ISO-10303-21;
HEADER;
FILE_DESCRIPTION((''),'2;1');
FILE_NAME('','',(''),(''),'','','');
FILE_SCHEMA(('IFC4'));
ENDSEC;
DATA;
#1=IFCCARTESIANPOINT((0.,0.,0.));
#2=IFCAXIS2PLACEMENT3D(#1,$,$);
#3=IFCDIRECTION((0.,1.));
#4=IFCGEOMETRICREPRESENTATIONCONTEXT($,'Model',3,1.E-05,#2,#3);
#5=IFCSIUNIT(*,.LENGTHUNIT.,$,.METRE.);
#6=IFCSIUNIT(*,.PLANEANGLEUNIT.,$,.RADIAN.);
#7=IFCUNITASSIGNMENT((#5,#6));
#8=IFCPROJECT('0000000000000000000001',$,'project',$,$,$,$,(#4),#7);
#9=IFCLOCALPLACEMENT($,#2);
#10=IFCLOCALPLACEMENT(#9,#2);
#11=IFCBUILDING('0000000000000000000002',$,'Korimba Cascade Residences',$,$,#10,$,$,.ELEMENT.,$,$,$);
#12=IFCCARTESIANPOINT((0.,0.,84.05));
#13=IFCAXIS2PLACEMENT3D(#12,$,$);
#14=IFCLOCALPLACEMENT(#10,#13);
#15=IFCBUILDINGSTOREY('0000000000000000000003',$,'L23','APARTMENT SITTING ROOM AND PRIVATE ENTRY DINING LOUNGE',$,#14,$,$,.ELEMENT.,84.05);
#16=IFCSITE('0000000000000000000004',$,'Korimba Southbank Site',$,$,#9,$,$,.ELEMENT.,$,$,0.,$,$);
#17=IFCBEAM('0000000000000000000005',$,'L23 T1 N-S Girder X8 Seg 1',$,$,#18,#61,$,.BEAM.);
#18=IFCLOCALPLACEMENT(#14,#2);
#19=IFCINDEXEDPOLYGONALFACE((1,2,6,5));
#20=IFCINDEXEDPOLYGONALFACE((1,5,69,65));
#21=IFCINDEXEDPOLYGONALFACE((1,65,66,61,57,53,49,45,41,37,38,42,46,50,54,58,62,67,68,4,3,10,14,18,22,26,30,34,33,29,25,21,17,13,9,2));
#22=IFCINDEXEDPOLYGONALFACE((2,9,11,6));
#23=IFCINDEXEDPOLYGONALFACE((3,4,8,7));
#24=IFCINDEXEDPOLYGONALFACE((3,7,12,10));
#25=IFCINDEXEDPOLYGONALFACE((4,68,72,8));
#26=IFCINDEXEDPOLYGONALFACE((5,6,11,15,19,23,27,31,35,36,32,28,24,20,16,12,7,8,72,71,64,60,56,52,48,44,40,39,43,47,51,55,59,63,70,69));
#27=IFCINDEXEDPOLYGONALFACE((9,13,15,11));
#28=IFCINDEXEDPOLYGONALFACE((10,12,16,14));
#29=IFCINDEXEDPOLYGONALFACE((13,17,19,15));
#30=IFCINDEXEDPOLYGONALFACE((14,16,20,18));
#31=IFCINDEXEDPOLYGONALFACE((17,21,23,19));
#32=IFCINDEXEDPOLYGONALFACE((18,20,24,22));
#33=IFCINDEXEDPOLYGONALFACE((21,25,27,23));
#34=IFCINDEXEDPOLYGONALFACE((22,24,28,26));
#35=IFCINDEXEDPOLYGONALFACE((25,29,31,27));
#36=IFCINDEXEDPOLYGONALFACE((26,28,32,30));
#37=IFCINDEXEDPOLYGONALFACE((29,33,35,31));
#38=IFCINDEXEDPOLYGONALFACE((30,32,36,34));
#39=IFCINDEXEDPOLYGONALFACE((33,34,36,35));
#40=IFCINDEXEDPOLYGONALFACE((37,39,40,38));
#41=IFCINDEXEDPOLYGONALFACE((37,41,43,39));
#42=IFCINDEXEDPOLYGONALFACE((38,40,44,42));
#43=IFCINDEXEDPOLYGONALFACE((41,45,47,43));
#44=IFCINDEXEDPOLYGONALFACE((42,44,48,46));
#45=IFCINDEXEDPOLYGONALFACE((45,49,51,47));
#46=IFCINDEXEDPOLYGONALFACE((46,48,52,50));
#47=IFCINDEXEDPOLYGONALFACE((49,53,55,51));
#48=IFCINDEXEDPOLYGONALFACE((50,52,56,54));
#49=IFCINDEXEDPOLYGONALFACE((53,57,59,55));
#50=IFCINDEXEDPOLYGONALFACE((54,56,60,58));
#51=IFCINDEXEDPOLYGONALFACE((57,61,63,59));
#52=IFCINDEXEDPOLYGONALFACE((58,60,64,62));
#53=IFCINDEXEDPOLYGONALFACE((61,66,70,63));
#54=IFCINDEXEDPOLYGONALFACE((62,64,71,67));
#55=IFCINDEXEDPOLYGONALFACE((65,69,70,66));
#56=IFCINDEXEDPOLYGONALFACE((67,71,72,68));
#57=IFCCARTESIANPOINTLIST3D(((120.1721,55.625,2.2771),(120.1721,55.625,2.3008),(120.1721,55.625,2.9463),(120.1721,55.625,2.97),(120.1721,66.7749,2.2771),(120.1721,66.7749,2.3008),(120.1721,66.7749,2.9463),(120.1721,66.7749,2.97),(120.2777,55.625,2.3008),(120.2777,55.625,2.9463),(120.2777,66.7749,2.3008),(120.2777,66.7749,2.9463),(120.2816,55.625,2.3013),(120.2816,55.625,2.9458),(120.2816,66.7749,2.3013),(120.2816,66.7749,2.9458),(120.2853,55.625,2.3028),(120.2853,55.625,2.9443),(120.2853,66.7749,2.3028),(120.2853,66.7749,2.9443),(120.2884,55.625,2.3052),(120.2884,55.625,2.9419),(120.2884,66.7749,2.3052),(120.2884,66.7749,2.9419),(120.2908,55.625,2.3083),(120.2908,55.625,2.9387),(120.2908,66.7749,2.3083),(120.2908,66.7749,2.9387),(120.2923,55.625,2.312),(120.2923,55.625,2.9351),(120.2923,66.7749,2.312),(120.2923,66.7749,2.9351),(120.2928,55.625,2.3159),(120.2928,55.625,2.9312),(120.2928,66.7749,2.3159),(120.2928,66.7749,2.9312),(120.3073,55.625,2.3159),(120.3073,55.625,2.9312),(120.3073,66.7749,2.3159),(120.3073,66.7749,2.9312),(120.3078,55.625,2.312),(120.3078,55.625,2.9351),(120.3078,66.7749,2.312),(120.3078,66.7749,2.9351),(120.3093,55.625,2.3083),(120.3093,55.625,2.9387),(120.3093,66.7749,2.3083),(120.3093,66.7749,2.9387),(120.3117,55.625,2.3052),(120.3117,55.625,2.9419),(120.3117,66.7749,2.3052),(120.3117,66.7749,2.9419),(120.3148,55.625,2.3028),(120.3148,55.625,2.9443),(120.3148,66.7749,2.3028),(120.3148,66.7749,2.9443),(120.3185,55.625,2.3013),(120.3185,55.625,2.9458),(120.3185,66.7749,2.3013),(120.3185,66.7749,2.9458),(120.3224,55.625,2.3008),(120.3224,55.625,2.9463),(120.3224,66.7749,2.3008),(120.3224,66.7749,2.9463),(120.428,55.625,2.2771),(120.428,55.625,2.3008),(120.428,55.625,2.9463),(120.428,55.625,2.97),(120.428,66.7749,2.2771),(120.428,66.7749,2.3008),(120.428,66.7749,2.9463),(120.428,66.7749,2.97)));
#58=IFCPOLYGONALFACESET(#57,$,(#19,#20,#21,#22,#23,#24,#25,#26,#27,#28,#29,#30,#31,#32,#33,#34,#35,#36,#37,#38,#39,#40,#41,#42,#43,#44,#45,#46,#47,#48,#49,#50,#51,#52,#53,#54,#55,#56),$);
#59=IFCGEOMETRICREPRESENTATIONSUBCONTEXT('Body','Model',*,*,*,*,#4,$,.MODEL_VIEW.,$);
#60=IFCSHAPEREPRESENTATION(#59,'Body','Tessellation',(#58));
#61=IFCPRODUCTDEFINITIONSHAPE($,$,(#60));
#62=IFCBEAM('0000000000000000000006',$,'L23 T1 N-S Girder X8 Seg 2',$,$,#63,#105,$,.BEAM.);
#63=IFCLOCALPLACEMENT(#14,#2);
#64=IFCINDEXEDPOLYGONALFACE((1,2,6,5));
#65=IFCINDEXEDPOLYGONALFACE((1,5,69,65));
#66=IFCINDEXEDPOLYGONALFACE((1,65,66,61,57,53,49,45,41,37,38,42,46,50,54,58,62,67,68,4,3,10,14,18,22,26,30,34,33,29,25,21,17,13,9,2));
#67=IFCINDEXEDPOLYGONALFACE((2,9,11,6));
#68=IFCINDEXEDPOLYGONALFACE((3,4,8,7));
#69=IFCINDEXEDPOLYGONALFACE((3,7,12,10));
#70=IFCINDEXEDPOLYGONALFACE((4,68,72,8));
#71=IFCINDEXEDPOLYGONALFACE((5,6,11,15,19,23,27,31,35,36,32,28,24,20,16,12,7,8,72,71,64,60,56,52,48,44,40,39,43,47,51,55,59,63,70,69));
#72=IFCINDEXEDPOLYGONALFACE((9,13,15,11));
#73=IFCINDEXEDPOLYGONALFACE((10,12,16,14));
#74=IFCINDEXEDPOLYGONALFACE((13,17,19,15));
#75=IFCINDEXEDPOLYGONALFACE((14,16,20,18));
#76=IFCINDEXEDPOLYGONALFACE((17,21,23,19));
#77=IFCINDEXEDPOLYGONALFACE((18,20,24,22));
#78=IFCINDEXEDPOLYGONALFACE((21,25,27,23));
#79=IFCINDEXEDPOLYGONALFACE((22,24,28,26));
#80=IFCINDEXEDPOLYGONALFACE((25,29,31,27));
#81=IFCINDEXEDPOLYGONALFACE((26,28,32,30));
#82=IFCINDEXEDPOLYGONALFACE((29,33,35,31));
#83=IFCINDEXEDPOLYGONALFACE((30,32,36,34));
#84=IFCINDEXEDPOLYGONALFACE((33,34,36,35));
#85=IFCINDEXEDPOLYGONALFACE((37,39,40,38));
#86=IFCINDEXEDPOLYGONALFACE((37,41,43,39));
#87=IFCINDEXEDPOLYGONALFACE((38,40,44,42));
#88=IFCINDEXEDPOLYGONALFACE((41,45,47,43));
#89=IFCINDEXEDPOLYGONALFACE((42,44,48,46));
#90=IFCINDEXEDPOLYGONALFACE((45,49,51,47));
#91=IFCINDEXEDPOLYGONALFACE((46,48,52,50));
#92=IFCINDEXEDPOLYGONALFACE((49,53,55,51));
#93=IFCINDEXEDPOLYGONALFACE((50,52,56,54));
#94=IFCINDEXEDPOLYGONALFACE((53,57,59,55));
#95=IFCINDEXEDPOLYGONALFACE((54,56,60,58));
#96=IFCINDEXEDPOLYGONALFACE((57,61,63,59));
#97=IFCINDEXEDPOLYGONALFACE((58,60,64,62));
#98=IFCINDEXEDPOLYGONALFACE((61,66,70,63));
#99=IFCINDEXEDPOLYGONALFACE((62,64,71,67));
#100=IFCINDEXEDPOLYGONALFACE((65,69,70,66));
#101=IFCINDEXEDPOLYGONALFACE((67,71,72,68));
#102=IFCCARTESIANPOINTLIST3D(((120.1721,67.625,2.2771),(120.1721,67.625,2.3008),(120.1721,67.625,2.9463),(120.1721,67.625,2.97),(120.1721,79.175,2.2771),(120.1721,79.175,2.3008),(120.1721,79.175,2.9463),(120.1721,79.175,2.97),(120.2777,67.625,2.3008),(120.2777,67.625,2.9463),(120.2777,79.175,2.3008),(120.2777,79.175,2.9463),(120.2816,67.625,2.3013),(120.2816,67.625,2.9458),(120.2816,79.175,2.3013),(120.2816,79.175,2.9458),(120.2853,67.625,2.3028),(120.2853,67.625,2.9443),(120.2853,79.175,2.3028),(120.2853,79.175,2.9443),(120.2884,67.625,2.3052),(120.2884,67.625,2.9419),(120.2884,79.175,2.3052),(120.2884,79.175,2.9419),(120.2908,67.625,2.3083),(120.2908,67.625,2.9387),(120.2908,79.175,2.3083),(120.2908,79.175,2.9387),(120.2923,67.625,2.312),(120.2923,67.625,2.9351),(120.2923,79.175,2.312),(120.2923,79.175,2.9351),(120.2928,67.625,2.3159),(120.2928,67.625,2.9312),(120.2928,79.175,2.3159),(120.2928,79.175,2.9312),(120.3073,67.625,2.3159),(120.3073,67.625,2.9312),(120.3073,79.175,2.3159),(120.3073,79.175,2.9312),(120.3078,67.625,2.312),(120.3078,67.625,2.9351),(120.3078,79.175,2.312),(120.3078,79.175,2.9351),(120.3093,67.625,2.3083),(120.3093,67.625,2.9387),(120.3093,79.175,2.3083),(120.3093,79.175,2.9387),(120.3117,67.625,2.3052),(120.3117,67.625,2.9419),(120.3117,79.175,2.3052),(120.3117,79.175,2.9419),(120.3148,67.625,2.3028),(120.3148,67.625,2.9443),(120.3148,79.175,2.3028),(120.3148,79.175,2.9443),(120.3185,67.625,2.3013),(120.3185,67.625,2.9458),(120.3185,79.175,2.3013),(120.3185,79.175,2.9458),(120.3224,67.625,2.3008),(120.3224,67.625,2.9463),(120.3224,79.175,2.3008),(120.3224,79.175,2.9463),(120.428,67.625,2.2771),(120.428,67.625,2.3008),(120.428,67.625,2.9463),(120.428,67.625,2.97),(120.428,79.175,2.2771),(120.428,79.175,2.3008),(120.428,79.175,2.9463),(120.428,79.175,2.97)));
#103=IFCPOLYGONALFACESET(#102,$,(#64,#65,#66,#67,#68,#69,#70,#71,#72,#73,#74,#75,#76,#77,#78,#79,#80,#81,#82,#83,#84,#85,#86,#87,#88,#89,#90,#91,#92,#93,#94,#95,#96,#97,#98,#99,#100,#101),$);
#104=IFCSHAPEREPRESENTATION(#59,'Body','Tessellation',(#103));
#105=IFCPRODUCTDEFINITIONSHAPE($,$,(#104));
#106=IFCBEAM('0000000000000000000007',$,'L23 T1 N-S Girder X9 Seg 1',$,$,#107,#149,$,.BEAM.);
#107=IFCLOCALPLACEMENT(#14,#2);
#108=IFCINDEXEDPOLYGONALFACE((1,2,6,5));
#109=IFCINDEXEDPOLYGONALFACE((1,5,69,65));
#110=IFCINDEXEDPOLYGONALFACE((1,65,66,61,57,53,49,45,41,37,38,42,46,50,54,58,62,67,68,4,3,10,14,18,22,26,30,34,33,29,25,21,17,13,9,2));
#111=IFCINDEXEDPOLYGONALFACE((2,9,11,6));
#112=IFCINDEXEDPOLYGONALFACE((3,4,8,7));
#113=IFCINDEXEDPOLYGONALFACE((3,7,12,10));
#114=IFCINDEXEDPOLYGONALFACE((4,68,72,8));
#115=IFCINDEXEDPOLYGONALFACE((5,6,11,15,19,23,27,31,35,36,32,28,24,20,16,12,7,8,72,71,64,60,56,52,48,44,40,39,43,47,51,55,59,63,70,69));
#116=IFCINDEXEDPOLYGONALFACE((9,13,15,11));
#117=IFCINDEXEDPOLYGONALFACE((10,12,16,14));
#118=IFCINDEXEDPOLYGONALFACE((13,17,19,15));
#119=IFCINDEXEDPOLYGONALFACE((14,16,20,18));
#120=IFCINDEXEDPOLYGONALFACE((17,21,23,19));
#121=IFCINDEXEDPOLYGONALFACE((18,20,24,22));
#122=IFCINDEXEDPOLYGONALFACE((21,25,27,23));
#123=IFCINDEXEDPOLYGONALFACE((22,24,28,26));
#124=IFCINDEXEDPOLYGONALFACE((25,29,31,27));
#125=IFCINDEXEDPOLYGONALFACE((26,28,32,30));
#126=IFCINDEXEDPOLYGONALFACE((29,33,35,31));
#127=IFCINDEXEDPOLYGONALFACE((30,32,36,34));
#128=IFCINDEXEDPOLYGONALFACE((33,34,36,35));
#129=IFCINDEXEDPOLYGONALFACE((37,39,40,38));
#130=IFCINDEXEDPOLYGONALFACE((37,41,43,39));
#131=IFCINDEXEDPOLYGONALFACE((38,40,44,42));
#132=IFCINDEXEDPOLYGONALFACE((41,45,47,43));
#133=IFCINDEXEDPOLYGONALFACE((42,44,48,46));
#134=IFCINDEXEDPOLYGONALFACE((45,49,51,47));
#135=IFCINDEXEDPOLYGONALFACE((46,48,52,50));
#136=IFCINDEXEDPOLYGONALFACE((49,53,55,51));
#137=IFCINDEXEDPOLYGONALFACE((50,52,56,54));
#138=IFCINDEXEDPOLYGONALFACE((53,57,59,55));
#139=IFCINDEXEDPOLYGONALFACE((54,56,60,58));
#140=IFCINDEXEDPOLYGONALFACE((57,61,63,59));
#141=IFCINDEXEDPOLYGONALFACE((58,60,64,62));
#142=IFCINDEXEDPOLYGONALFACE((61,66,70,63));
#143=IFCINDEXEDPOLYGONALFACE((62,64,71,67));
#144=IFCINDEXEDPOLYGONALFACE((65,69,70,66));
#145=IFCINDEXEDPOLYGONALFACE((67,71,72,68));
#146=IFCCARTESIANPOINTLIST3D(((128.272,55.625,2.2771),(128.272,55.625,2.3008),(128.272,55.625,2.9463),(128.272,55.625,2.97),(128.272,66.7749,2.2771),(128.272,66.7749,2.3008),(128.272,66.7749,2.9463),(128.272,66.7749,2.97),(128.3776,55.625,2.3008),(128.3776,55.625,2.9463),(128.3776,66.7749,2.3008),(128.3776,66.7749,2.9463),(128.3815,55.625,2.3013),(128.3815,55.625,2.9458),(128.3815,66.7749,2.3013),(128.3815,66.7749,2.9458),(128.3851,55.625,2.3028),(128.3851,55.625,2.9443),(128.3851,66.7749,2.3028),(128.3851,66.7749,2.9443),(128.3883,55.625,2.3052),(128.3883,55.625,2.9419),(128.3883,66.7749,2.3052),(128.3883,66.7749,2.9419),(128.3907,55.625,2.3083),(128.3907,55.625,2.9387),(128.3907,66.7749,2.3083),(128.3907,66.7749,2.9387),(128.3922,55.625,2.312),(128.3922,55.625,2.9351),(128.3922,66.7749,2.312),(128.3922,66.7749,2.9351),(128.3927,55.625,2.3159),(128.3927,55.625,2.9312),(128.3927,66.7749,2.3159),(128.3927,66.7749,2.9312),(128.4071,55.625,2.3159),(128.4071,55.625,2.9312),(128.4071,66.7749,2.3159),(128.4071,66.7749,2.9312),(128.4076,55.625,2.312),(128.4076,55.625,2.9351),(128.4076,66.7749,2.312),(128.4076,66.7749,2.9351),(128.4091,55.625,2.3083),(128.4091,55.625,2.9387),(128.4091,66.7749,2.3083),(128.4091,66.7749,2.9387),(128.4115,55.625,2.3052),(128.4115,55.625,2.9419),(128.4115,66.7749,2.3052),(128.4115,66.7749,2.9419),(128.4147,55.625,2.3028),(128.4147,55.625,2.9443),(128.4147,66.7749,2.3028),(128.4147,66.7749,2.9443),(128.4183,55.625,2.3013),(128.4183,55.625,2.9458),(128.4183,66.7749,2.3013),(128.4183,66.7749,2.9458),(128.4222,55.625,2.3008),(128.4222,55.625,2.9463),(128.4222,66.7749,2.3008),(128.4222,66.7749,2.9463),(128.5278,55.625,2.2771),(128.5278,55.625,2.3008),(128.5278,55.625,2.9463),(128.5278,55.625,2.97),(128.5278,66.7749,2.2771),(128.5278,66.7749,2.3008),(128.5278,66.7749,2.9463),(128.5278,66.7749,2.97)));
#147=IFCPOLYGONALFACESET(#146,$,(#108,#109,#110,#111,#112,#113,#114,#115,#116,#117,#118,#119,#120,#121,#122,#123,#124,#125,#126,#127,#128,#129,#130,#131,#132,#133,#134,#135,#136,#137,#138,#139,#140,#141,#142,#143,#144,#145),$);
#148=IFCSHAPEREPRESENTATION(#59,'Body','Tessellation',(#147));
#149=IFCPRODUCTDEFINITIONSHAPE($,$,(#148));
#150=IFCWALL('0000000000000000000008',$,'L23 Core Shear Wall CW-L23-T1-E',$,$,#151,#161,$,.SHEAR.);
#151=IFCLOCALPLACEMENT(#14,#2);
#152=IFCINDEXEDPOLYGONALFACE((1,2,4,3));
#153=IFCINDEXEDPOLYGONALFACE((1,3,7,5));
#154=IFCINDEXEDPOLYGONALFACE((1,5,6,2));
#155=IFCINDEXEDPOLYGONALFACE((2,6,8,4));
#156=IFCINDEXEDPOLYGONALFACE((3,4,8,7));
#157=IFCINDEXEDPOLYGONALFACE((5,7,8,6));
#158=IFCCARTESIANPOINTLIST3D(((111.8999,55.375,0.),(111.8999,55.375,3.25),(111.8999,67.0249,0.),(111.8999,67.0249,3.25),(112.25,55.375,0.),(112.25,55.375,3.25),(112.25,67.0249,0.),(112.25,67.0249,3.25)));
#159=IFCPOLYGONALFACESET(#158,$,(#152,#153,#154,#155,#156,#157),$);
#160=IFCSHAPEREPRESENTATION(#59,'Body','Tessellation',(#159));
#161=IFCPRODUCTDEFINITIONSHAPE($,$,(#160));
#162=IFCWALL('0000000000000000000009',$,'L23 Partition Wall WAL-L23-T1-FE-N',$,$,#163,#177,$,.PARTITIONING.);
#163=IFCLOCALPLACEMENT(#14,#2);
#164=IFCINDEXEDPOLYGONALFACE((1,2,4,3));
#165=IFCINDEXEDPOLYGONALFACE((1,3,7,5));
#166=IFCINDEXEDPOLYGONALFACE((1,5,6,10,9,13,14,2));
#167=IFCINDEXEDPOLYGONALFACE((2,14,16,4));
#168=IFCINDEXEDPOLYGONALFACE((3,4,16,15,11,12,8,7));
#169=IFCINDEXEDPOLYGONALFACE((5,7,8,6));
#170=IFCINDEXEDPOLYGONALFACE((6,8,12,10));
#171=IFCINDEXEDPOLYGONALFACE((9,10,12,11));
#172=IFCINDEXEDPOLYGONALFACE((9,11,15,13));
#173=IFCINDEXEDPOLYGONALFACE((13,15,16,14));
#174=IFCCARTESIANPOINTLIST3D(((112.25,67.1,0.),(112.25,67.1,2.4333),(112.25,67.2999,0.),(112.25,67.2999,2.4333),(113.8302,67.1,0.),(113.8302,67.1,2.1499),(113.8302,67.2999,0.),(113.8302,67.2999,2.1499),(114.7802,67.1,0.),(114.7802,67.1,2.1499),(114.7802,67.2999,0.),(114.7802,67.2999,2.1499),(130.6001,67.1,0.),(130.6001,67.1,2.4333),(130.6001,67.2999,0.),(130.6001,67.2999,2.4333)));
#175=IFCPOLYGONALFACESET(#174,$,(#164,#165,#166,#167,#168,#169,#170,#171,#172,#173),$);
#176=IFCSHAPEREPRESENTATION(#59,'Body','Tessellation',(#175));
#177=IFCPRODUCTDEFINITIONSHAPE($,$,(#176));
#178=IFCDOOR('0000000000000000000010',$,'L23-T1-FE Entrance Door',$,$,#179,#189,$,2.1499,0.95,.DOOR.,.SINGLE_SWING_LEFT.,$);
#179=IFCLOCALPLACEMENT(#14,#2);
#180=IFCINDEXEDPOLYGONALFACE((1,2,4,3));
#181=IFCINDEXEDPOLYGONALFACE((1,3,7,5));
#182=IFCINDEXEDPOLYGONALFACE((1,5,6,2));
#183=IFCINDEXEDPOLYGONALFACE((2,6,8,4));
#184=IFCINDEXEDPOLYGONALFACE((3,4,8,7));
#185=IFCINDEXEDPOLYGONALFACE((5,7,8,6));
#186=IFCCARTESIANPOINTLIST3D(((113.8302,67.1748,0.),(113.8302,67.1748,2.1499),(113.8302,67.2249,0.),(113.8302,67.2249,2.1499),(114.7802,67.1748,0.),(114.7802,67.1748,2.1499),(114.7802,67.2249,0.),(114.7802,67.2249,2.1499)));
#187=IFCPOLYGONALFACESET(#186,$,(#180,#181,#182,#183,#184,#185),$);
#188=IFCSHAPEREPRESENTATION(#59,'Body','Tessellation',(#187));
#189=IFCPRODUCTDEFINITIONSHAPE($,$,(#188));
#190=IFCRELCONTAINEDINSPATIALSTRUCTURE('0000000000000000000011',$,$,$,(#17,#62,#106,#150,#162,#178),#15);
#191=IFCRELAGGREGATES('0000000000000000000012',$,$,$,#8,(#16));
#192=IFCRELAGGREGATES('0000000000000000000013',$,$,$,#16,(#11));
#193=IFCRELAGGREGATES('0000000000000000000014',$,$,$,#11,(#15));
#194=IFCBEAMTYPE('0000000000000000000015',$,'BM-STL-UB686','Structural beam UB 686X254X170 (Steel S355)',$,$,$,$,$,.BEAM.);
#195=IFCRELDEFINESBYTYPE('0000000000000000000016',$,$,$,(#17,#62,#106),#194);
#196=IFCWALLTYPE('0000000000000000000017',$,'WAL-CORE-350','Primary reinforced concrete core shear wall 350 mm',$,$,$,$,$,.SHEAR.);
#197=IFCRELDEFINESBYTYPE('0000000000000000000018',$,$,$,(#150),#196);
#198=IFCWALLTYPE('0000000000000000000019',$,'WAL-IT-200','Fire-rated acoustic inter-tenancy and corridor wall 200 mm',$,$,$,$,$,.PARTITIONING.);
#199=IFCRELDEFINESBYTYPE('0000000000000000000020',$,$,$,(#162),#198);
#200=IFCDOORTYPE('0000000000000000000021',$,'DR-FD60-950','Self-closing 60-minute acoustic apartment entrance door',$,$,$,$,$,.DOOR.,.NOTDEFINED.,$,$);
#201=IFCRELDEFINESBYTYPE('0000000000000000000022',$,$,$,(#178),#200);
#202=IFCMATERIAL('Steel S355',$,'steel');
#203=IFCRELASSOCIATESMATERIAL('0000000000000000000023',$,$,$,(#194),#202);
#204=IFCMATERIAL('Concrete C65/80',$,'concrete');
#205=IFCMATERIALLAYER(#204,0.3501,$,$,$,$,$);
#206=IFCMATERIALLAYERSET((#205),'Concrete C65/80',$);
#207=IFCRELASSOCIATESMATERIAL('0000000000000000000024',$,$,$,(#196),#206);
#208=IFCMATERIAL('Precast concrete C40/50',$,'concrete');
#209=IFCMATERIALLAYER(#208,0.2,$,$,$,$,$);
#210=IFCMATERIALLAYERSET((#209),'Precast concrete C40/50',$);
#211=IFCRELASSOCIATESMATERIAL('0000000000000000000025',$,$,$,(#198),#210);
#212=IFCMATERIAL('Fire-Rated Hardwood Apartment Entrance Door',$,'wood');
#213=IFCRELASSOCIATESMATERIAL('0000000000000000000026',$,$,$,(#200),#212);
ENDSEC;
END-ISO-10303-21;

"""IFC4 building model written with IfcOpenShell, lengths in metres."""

from ifc_helpers import new_model, si_unit, direction, frame, frame_2d, origin, origin_2d, place, context, subcontext, project, spatial, rectangle, i_section, extrude, material, layer, layer_set, material_profile, profile_set, type_object, element, fill, save


model = new_model("IFC4")

# Units and contexts
model_context = context("Model", 3, precision=1e-05, world=origin(), true_north=direction((0.0, 1.0)))
body_context = subcontext(model_context, "Body", "Model", "MODEL_VIEW")
ifc_project = project(units=[si_unit("LENGTHUNIT", "METRE"), si_unit("PLANEANGLEUNIT", "RADIAN")], contexts=[model_context])

# Site, building, storey
site_placement = place(None, origin())
site = spatial("IfcSite", under=ifc_project, at=site_placement, Name="Korimba Southbank Site", CompositionType="ELEMENT", RefElevation=0.0)
building_placement = place(site_placement, origin())
building = spatial("IfcBuilding", under=site, at=building_placement, Name="Korimba Cascade Residences", CompositionType="ELEMENT")
storey_placement = place(building_placement, frame((0.0, 0.0, 84.05)))
storey = spatial("IfcBuildingStorey", under=building, at=storey_placement, Name="L23", Description="APARTMENT SITTING ROOM AND PRIVATE ENTRY DINING LOUNGE", CompositionType="ELEMENT", Elevation=84.05)

# Shared definitions
ifc_material_1 = material(Name="Concrete C65/80", Category="concrete")

# Beams
ifc_material_2 = material(Name="Steel S355", Category="steel")
ifc_material_profile_1 = material_profile(ifc_material_2, i_section(OverallWidth=0.2559, OverallDepth=0.6929, WebThickness=0.0144, FlangeThickness=0.0237, FilletRadius=0.0151, at=origin_2d()), Name="Steel S355")
ifc_profile_set_1 = profile_set([ifc_material_profile_1], Name="Steel S355")
beam_type_1 = type_object("IfcBeamType", Name="BM-STL-UB686", Description="Structural beam UB 686X254X170 (Steel S355)", PredefinedType="BEAM", material=ifc_profile_set_1)
beam_1_placement = place(storey_placement, frame((120.3, 55.625, 2.6235), z_axis=(0.0, 1.0, 0.0), x_axis=(-1.0, 0.0, 0.0)))
element("IfcBeam", 1, at=beam_1_placement, inside=storey, type_object=beam_type_1, Name="L23 T1 N-S Girder X8 Seg 1", PredefinedType="BEAM", context=body_context, shape_type="SweptSolid", body=[
    extrude(i_section(OverallWidth=0.2559, OverallDepth=0.6929, WebThickness=0.0144, FlangeThickness=0.0237, FilletRadius=0.0151, at=origin_2d()), origin(), (0.0, 0.0, 1.0), 11.1499),
])
beam_2_placement = place(storey_placement, frame((120.3, 67.625, 2.6235), z_axis=(0.0, 1.0, 0.0), x_axis=(-1.0, 0.0, 0.0)))
element("IfcBeam", 2, at=beam_2_placement, inside=storey, type_object=beam_type_1, Name="L23 T1 N-S Girder X8 Seg 2", PredefinedType="BEAM", context=body_context, shape_type="SweptSolid", body=[
    extrude(i_section(OverallWidth=0.2559, OverallDepth=0.6929, WebThickness=0.0144, FlangeThickness=0.0237, FilletRadius=0.0151, at=origin_2d()), origin(), (0.0, 0.0, 1.0), 11.55),
])
beam_3_placement = place(storey_placement, frame((128.3999, 55.625, 2.6235), z_axis=(0.0, 1.0, 0.0), x_axis=(-1.0, 0.0, 0.0)))
element("IfcBeam", 3, at=beam_3_placement, inside=storey, type_object=beam_type_1, Name="L23 T1 N-S Girder X9 Seg 1", PredefinedType="BEAM", context=body_context, shape_type="SweptSolid", body=[
    extrude(i_section(OverallWidth=0.2559, OverallDepth=0.6929, WebThickness=0.0144, FlangeThickness=0.0237, FilletRadius=0.0151, at=origin_2d()), origin(), (0.0, 0.0, 1.0), 11.1499),
])

# Wall
ifc_layer_1 = layer(ifc_material_1, 0.3501)
ifc_layer_set_1 = layer_set([ifc_layer_1], Name="Concrete C65/80")
wall_type_1 = type_object("IfcWallType", Name="WAL-CORE-350", Description="Primary reinforced concrete core shear wall 350 mm", PredefinedType="SHEAR", material=ifc_layer_set_1)
wall_1_placement = place(storey_placement, frame((112.075, 55.375, 0.0), z_axis=(0.0, 0.0, 1.0), x_axis=(0.0, 1.0, 0.0)))
element("IfcWall", 4, at=wall_1_placement, inside=storey, type_object=wall_type_1, Name="L23 Core Shear Wall CW-L23-T1-E", PredefinedType="SHEAR", context=body_context, shape_type="SweptSolid", body=[
    extrude(rectangle(XDim=11.6499, YDim=0.3501, at=frame_2d((5.825, 0.0))), origin(), (0.0, 0.0, 1.0), 3.25),
])

# Wall, opening, door
ifc_material_3 = material(Name="Precast concrete C40/50", Category="concrete")
ifc_layer_2 = layer(ifc_material_3, 0.2)
ifc_layer_set_2 = layer_set([ifc_layer_2], Name="Precast concrete C40/50")
wall_type_2 = type_object("IfcWallType", Name="WAL-IT-200", Description="Fire-rated acoustic inter-tenancy and corridor wall 200 mm", PredefinedType="PARTITIONING", material=ifc_layer_set_2)
wall_2_placement = place(storey_placement, frame((112.25, 67.2, 0.0), z_axis=(0.0, 0.0, 1.0), x_axis=(1.0, 0.0, 0.0)))
wall_2 = element("IfcWall", 5, at=wall_2_placement, inside=storey, type_object=wall_type_2, Name="L23 Partition Wall WAL-L23-T1-FE-N", PredefinedType="PARTITIONING", context=body_context, shape_type="SweptSolid", body=[
    extrude(rectangle(XDim=18.3501, YDim=0.2, at=frame_2d((9.175, 0.0))), origin(), (0.0, 0.0, 1.0), 2.4333),
])
opening_1_placement = place(wall_2_placement, frame((1.5801, 0.0, 0.0)))
opening_1 = element("IfcOpeningElement", 6, at=opening_1_placement, cuts=wall_2, PredefinedType="OPENING", context=body_context, shape_type="SweptSolid", body=[
    extrude(rectangle(XDim=0.95, YDim=2.1499, at=frame_2d((0.4751, 1.075))), frame((0.0, 0.1099, 0.0), z_axis=(0.0, -1.0, 0.0), x_axis=(1.0, 0.0, 0.0)), (0.0, 0.0, 1.0), 0.22),
])
ifc_material_4 = material(Name="Fire-Rated Hardwood Apartment Entrance Door", Category="wood")
door_type_1 = type_object("IfcDoorType", Name="DR-FD60-950", Description="Self-closing 60-minute acoustic apartment entrance door", OperationType="NOTDEFINED", PredefinedType="DOOR", material=ifc_material_4)
door_1_placement = place(opening_1_placement, origin())
door_1 = element("IfcDoor", 7, at=door_1_placement, inside=storey, type_object=door_type_1, Name="L23-T1-FE Entrance Door", OperationType="SINGLE_SWING_LEFT", OverallHeight=2.1499, OverallWidth=0.95, PredefinedType="DOOR", context=body_context, shape_type="SweptSolid", body=[
    extrude(rectangle(XDim=0.95, YDim=2.1499, at=frame_2d((0.4751, 1.075))), frame((0.0, 0.0249, 0.0), z_axis=(0.0, -1.0, 0.0), x_axis=(1.0, 0.0, 0.0)), (0.0, 0.0, 1.0), 0.05),
])
fill(opening_1, door_1)

save(model, "model.ifc")
